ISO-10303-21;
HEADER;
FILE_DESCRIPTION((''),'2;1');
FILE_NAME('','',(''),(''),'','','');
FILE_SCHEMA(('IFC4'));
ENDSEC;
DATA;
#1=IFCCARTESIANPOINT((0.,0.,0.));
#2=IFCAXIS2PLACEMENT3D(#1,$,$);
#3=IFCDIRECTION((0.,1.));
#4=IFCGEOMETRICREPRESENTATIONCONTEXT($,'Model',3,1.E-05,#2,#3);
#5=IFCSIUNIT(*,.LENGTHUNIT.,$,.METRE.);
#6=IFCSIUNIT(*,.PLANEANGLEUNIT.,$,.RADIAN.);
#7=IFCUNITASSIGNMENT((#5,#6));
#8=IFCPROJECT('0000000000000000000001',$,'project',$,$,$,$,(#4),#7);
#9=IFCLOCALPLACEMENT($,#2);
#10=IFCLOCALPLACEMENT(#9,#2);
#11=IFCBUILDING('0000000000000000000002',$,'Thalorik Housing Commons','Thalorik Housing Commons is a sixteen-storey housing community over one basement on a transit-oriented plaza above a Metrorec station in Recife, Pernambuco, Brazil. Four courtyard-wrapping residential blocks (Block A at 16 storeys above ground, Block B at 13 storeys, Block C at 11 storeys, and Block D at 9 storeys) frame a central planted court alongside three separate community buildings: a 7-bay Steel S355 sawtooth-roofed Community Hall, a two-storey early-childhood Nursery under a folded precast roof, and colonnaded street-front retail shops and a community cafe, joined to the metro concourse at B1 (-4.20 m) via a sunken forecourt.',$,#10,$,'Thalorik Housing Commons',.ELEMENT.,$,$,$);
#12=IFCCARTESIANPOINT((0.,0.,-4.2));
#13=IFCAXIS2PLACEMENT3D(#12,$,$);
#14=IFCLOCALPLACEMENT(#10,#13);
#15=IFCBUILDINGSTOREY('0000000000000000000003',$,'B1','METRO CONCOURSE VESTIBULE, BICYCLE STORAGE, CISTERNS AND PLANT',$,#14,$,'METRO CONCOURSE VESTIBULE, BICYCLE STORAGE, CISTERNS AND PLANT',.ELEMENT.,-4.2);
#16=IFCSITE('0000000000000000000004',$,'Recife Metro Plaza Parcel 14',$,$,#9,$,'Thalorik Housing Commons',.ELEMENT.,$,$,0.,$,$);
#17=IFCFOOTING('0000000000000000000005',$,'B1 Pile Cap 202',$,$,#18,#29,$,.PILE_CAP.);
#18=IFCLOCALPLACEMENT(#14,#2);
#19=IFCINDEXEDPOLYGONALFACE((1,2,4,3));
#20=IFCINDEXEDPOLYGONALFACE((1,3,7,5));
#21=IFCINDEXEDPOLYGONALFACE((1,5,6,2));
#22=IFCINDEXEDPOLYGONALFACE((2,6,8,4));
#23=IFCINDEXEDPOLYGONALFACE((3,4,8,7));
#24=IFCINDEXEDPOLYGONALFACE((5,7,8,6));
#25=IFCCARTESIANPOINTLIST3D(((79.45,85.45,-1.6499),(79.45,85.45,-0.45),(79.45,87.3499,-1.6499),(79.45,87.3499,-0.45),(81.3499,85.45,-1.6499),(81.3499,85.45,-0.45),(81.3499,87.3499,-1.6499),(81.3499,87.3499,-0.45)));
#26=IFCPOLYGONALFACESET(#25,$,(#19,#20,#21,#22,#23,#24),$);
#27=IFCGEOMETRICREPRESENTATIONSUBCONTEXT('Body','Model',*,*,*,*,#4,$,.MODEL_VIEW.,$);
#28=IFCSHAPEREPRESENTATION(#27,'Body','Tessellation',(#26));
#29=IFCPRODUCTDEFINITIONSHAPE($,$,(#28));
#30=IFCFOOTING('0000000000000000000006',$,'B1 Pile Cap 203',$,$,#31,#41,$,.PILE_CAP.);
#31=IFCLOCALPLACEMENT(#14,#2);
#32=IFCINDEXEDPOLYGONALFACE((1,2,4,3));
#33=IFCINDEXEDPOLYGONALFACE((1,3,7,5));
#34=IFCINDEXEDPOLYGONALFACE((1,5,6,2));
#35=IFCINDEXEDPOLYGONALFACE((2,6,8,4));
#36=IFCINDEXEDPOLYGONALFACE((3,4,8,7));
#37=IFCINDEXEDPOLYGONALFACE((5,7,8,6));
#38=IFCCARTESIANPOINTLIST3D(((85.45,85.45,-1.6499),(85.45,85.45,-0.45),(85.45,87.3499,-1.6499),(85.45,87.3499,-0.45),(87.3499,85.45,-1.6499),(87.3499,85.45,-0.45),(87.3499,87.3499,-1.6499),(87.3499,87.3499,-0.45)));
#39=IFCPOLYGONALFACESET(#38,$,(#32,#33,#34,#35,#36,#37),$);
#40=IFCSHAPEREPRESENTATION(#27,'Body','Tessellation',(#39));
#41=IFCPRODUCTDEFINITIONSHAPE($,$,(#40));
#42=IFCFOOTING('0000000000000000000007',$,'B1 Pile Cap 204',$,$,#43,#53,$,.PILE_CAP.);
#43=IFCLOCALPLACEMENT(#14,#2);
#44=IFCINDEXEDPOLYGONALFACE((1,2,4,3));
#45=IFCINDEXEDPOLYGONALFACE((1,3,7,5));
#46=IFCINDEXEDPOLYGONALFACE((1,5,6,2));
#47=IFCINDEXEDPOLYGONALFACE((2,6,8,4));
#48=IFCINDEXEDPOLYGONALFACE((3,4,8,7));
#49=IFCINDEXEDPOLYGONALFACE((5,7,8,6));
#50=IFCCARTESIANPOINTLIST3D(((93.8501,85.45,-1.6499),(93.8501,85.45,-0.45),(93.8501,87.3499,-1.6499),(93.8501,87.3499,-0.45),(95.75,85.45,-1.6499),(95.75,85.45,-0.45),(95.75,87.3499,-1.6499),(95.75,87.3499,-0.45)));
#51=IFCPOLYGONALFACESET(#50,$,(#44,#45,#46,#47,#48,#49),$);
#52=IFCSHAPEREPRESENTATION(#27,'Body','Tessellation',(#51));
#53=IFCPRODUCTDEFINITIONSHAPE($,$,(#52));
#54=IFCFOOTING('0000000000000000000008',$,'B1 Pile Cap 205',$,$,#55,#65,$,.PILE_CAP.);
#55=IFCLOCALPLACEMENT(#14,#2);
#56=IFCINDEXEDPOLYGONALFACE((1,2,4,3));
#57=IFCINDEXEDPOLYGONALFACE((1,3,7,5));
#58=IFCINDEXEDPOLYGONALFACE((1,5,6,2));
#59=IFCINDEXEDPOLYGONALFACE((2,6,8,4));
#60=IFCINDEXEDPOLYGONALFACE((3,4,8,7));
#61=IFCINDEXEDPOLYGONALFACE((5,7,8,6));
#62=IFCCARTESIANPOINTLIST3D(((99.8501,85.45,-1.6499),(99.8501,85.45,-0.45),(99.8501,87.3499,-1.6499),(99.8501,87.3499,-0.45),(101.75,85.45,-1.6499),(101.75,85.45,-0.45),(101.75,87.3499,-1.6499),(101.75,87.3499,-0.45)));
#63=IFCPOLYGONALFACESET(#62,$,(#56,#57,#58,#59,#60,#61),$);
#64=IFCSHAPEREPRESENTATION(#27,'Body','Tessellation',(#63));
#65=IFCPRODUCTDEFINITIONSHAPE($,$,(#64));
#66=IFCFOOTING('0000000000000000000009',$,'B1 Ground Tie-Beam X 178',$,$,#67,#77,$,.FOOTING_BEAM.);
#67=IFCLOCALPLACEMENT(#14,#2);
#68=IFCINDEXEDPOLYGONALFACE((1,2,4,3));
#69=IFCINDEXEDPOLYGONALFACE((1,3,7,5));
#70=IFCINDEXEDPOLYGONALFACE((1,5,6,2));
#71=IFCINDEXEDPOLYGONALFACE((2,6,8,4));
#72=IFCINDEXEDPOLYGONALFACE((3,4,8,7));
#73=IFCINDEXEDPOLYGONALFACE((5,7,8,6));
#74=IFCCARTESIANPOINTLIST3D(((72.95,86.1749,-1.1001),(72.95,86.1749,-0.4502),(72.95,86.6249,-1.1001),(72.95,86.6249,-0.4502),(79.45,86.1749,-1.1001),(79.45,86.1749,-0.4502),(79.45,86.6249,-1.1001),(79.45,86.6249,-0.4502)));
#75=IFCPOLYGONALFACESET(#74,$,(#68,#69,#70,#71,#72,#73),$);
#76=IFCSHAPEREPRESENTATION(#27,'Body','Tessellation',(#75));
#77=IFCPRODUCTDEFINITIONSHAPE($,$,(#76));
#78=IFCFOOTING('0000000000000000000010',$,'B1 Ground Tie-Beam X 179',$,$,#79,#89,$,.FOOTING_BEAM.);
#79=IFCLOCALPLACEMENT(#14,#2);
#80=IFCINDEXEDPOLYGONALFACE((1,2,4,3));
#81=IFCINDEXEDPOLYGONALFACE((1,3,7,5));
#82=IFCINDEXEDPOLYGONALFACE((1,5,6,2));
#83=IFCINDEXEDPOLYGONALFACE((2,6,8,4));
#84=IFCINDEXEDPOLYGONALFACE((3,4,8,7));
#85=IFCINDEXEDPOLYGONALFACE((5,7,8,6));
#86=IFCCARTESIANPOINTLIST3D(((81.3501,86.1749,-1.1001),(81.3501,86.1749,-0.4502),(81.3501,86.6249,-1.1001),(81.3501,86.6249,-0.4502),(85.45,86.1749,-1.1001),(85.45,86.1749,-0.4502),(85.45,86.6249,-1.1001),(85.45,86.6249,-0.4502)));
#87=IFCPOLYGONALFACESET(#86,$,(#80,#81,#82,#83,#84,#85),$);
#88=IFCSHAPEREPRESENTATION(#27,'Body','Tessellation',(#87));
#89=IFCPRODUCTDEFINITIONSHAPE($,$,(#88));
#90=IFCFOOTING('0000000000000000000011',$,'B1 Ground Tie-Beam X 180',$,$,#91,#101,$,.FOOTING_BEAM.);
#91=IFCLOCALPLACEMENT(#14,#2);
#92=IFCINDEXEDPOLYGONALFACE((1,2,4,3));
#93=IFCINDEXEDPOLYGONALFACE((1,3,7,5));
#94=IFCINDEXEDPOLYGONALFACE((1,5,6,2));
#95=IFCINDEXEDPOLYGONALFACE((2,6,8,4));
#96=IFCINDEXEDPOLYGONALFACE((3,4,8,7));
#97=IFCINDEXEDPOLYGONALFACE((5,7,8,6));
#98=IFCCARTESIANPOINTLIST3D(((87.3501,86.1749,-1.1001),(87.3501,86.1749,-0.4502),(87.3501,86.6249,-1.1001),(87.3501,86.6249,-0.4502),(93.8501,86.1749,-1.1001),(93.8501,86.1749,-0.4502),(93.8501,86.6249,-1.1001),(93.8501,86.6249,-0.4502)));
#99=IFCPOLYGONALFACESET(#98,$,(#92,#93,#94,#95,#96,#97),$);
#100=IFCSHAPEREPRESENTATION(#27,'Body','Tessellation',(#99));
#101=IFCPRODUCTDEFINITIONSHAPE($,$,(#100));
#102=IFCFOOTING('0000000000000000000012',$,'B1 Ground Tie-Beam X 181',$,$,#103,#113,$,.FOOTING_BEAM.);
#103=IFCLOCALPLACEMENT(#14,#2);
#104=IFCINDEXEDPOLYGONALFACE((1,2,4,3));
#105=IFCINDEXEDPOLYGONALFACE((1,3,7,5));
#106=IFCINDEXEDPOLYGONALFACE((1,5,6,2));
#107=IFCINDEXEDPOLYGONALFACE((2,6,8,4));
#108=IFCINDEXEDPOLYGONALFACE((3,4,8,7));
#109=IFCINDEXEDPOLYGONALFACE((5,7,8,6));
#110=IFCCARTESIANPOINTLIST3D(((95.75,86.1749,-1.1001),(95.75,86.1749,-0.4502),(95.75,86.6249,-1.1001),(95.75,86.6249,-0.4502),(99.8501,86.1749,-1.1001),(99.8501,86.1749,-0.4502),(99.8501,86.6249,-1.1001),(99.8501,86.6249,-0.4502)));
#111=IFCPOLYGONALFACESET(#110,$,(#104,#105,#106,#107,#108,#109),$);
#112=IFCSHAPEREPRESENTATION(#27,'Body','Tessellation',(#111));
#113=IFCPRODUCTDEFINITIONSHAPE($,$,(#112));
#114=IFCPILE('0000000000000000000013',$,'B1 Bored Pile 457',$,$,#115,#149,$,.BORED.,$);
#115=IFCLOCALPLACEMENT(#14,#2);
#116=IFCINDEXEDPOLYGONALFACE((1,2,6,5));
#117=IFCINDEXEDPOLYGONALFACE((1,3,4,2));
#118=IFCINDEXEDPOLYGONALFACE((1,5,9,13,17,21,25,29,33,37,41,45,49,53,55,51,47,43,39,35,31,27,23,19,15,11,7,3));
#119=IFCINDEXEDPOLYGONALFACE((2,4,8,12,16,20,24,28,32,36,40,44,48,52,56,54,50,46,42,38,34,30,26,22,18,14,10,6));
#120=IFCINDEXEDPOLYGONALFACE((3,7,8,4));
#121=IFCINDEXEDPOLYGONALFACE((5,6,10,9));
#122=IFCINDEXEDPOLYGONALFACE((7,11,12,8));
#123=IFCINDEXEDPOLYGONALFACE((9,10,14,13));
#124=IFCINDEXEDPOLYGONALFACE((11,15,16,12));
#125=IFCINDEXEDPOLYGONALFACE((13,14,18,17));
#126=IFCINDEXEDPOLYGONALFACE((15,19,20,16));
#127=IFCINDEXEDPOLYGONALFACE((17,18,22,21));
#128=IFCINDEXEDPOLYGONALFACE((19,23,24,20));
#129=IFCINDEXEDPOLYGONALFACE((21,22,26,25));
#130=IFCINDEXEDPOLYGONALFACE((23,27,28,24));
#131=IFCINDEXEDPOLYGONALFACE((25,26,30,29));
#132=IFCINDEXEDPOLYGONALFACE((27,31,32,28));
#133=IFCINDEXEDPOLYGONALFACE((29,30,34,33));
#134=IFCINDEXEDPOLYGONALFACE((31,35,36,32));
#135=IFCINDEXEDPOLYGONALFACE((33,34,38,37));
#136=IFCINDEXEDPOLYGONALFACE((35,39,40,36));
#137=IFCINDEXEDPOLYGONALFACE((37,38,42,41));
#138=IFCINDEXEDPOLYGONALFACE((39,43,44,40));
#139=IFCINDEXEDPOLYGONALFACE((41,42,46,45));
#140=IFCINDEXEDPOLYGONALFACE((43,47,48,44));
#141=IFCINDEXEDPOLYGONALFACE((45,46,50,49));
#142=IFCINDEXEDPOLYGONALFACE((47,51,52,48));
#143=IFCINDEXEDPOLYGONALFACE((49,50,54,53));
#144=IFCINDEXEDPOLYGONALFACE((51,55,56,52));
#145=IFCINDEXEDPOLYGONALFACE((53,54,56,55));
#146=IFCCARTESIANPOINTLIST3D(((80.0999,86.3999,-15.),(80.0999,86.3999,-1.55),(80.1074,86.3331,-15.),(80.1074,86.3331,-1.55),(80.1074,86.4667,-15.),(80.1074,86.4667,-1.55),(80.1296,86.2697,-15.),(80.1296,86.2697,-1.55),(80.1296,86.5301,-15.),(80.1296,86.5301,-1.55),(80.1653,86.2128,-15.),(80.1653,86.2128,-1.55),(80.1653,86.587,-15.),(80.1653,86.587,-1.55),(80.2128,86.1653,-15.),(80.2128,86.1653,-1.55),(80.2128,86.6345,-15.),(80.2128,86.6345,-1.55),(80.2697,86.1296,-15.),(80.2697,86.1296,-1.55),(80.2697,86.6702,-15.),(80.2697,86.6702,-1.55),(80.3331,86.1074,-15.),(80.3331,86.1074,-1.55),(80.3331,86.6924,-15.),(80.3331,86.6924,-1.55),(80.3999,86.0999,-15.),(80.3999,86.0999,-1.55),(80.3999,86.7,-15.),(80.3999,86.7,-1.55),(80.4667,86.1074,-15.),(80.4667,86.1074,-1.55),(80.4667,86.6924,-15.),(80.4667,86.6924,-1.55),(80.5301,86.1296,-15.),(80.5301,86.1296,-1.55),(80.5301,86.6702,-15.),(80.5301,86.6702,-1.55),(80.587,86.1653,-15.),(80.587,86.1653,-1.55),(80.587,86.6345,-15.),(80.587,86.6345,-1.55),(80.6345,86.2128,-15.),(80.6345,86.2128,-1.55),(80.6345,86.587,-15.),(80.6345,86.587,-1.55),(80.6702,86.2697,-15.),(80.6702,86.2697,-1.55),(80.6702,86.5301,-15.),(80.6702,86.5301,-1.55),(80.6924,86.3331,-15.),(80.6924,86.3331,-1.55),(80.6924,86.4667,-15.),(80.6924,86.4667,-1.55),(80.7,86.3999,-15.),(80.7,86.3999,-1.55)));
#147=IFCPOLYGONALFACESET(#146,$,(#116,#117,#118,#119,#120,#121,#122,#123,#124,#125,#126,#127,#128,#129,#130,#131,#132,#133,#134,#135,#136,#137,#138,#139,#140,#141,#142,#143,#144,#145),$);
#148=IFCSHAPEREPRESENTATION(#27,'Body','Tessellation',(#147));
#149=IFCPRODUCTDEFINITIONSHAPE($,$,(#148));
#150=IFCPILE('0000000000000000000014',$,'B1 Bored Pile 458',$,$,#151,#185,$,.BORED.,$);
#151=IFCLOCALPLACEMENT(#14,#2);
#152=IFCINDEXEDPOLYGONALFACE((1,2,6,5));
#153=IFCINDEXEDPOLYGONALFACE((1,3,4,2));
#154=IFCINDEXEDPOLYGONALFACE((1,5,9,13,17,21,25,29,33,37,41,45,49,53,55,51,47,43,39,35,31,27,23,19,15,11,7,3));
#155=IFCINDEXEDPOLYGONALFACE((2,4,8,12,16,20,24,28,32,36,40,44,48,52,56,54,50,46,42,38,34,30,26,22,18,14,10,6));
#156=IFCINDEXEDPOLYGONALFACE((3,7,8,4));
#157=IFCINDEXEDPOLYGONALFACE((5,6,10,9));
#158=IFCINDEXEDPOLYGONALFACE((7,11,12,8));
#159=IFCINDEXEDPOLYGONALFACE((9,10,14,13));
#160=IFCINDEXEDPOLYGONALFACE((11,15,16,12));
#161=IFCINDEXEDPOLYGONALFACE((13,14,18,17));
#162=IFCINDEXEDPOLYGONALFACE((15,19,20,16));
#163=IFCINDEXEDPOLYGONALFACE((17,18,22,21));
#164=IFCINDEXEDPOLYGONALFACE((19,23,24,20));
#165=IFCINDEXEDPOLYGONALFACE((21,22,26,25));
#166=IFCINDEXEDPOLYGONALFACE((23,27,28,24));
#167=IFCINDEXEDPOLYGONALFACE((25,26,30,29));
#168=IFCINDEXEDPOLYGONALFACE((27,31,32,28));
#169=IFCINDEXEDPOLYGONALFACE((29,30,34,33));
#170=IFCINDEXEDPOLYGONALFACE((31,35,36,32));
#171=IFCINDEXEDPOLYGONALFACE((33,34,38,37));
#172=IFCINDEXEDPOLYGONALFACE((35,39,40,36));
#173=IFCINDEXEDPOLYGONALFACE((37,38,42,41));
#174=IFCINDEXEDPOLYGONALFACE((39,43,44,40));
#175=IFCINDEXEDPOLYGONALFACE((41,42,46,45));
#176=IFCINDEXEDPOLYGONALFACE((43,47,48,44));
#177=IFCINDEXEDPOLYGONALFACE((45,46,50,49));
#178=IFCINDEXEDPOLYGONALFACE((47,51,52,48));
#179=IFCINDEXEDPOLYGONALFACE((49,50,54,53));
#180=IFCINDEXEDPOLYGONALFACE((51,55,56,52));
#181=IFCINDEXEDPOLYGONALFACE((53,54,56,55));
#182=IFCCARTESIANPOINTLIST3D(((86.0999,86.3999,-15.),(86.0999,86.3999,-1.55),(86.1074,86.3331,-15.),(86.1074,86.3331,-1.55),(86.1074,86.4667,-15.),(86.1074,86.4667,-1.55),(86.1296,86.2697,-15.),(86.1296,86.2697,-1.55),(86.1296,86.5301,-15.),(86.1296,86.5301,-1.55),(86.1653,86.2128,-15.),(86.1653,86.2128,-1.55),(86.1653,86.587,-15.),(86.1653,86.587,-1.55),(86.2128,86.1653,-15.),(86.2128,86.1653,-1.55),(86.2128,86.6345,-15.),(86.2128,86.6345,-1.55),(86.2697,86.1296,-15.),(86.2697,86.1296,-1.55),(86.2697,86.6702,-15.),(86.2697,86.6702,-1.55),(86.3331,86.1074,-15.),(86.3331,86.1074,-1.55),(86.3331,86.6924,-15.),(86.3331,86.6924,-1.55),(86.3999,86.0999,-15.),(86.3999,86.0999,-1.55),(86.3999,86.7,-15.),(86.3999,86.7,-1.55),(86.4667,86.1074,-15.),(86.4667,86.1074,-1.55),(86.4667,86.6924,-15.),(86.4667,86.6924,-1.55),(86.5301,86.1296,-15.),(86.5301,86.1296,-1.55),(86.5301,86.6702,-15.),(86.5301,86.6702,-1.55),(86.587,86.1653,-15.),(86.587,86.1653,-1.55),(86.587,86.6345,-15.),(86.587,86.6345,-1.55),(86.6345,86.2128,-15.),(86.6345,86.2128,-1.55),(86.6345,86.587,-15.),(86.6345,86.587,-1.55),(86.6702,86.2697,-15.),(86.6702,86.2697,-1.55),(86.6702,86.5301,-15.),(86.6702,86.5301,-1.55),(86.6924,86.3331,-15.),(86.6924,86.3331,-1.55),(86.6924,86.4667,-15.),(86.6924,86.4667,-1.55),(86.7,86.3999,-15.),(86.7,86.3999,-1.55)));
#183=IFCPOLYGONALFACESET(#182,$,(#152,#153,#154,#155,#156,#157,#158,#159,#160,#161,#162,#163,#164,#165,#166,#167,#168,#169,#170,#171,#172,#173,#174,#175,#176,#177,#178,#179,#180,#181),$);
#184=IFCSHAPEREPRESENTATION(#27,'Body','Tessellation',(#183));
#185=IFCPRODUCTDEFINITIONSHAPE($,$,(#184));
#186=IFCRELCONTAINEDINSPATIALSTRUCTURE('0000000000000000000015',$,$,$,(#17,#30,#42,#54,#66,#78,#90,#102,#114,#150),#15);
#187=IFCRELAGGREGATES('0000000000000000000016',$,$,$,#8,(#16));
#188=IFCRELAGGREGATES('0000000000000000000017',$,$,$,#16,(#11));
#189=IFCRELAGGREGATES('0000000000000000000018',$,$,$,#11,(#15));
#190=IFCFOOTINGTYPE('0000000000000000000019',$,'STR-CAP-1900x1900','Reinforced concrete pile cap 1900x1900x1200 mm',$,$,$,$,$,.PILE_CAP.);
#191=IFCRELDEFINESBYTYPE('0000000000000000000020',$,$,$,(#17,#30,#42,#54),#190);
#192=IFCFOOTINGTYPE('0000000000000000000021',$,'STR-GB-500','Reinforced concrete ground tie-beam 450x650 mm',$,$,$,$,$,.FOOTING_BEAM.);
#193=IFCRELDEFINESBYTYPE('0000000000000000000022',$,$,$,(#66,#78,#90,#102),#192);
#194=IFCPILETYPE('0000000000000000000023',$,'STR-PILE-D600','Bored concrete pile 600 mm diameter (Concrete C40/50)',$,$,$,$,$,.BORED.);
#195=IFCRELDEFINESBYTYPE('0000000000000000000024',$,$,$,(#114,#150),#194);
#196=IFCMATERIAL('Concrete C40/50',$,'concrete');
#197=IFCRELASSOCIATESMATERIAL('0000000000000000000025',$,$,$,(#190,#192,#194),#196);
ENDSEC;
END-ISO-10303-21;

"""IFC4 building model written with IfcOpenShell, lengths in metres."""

from ifc_helpers import new_model, si_unit, direction, frame, origin, origin_2d, place, context, subcontext, project, spatial, rectangle, circle, extrude, material, material_profile, profile_set, type_object, element, save


model = new_model("IFC4")

# Units and contexts
model_context = context("Model", 3, precision=1e-05, world=origin(), true_north=direction((0.0, 1.0)))
body_context = subcontext(model_context, "Body", "Model", "MODEL_VIEW")
ifc_project = project(units=[si_unit("LENGTHUNIT", "METRE"), si_unit("PLANEANGLEUNIT", "RADIAN")], contexts=[model_context])

# Site, building, storey
site_placement = place(None, origin())
site = spatial("IfcSite", under=ifc_project, at=site_placement, Name="Recife Metro Plaza Parcel 14", LongName="Thalorik Housing Commons", CompositionType="ELEMENT", RefElevation=0.0)
building_placement = place(site_placement, origin())
building = spatial("IfcBuilding", under=site, at=building_placement, Name="Thalorik Housing Commons", Description="Thalorik Housing Commons is a sixteen-storey housing community over one basement on a transit-oriented plaza above a Metrorec station in Recife, Pernambuco, Brazil. Four courtyard-wrapping residential blocks (Block A at 16 storeys above ground, Block B at 13 storeys, Block C at 11 storeys, and Block D at 9 storeys) frame a central planted court alongside three separate community buildings: a 7-bay Steel S355 sawtooth-roofed Community Hall, a two-storey early-childhood Nursery under a folded precast roof, and colonnaded street-front retail shops and a community cafe, joined to the metro concourse at B1 (-4.20 m) via a sunken forecourt.", LongName="Thalorik Housing Commons", CompositionType="ELEMENT")
storey_placement = place(building_placement, frame((0.0, 0.0, -4.2)))
storey = spatial("IfcBuildingStorey", under=building, at=storey_placement, Name="B1", Description="METRO CONCOURSE VESTIBULE, BICYCLE STORAGE, CISTERNS AND PLANT", LongName="METRO CONCOURSE VESTIBULE, BICYCLE STORAGE, CISTERNS AND PLANT", CompositionType="ELEMENT", Elevation=-4.2)

# Footings
ifc_material_1 = material(Name="Concrete C40/50", Category="concrete")
footing_type_1 = type_object("IfcFootingType", Name="STR-CAP-1900x1900", Description="Reinforced concrete pile cap 1900x1900x1200 mm", PredefinedType="PILE_CAP", material=ifc_material_1)
for number, where, z_axis, x_axis, name in (
    (1, (80.3999, 86.3999, -1.6499), (0.0, 0.0, 1.0), (1.0, 0.0, 0.0), "B1 Pile Cap 202"),
    (2, (86.3999, 86.3999, -1.6499), (0.0, 0.0, 1.0), (1.0, 0.0, 0.0), "B1 Pile Cap 203"),
    (3, (94.8, 86.3999, -1.6499), (0.0, 0.0, 1.0), (1.0, 0.0, 0.0), "B1 Pile Cap 204"),
    (4, (100.8, 86.3999, -1.6499), (0.0, 0.0, 1.0), (1.0, 0.0, 0.0), "B1 Pile Cap 205"),
):
    element("IfcFooting", number, at=place(storey_placement, frame(where, z_axis=z_axis, x_axis=x_axis)), inside=storey, type_object=footing_type_1, Name=name, PredefinedType="PILE_CAP", context=body_context, shape_type="SweptSolid", body=[
        extrude(rectangle(XDim=1.8999, YDim=1.8999, at=origin_2d()), origin(), (0.0, 0.0, 1.0), 1.2),
    ])
ifc_material_profile_1 = material_profile(ifc_material_1, rectangle(XDim=0.45, YDim=0.6499, at=origin_2d()), Name="RC 450x650", Category="concrete")
ifc_profile_set_1 = profile_set([ifc_material_profile_1], Name="Concrete C40/50")
footing_type_2 = type_object("IfcFootingType", Name="STR-GB-500", Description="Reinforced concrete ground tie-beam 450x650 mm", PredefinedType="FOOTING_BEAM", material=ifc_profile_set_1)
footing_1_placement = place(storey_placement, frame((72.95, 86.3999, -0.7751), z_axis=(1.0, 0.0, 0.0), x_axis=(0.0, 1.0, 0.0)))
element("IfcFooting", 5, at=footing_1_placement, inside=storey, type_object=footing_type_2, Name="B1 Ground Tie-Beam X 178", PredefinedType="FOOTING_BEAM", context=body_context, shape_type="SweptSolid", body=[
    extrude(rectangle(XDim=0.45, YDim=0.6499, at=origin_2d()), origin(), (0.0, 0.0, 1.0), 6.5),
])
footing_2_placement = place(storey_placement, frame((81.3501, 86.3999, -0.7751), z_axis=(1.0, 0.0, 0.0), x_axis=(0.0, 1.0, 0.0)))
element("IfcFooting", 6, at=footing_2_placement, inside=storey, type_object=footing_type_2, Name="B1 Ground Tie-Beam X 179", PredefinedType="FOOTING_BEAM", context=body_context, shape_type="SweptSolid", body=[
    extrude(rectangle(XDim=0.45, YDim=0.6499, at=origin_2d()), origin(), (0.0, 0.0, 1.0), 4.0999),
])
footing_3_placement = place(storey_placement, frame((87.3501, 86.3999, -0.7751), z_axis=(1.0, 0.0, 0.0), x_axis=(0.0, 1.0, 0.0)))
element("IfcFooting", 7, at=footing_3_placement, inside=storey, type_object=footing_type_2, Name="B1 Ground Tie-Beam X 180", PredefinedType="FOOTING_BEAM", context=body_context, shape_type="SweptSolid", body=[
    extrude(rectangle(XDim=0.45, YDim=0.6499, at=origin_2d()), origin(), (0.0, 0.0, 1.0), 6.5),
])
footing_4_placement = place(storey_placement, frame((95.75, 86.3999, -0.7751), z_axis=(1.0, 0.0, 0.0), x_axis=(0.0, 1.0, 0.0)))
element("IfcFooting", 8, at=footing_4_placement, inside=storey, type_object=footing_type_2, Name="B1 Ground Tie-Beam X 181", PredefinedType="FOOTING_BEAM", context=body_context, shape_type="SweptSolid", body=[
    extrude(rectangle(XDim=0.45, YDim=0.6499, at=origin_2d()), origin(), (0.0, 0.0, 1.0), 4.1001),
])

# Piles
ifc_material_profile_2 = material_profile(ifc_material_1, circle(Radius=0.3, at=origin_2d()), Name="BORED PILE D600", Category="concrete")
ifc_profile_set_2 = profile_set([ifc_material_profile_2], Name="Concrete C40/50")
pile_type_1 = type_object("IfcPileType", Name="STR-PILE-D600", Description="Bored concrete pile 600 mm diameter (Concrete C40/50)", PredefinedType="BORED", material=ifc_profile_set_2)
for number, where, z_axis, x_axis, name in (
    (9, (80.3999, 86.3999, -1.55), (0.0, 0.0, -1.0), (1.0, 0.0, 0.0), "B1 Bored Pile 457"),
    (10, (86.3999, 86.3999, -1.55), (0.0, 0.0, -1.0), (1.0, 0.0, 0.0), "B1 Bored Pile 458"),
):
    element("IfcPile", number, at=place(storey_placement, frame(where, z_axis=z_axis, x_axis=x_axis)), inside=storey, type_object=pile_type_1, Name=name, PredefinedType="BORED", context=body_context, shape_type="SweptSolid", body=[
        extrude(circle(Radius=0.3, at=origin_2d()), origin(), (0.0, 0.0, 1.0), 13.45),
    ])

save(model, "model.ifc")
